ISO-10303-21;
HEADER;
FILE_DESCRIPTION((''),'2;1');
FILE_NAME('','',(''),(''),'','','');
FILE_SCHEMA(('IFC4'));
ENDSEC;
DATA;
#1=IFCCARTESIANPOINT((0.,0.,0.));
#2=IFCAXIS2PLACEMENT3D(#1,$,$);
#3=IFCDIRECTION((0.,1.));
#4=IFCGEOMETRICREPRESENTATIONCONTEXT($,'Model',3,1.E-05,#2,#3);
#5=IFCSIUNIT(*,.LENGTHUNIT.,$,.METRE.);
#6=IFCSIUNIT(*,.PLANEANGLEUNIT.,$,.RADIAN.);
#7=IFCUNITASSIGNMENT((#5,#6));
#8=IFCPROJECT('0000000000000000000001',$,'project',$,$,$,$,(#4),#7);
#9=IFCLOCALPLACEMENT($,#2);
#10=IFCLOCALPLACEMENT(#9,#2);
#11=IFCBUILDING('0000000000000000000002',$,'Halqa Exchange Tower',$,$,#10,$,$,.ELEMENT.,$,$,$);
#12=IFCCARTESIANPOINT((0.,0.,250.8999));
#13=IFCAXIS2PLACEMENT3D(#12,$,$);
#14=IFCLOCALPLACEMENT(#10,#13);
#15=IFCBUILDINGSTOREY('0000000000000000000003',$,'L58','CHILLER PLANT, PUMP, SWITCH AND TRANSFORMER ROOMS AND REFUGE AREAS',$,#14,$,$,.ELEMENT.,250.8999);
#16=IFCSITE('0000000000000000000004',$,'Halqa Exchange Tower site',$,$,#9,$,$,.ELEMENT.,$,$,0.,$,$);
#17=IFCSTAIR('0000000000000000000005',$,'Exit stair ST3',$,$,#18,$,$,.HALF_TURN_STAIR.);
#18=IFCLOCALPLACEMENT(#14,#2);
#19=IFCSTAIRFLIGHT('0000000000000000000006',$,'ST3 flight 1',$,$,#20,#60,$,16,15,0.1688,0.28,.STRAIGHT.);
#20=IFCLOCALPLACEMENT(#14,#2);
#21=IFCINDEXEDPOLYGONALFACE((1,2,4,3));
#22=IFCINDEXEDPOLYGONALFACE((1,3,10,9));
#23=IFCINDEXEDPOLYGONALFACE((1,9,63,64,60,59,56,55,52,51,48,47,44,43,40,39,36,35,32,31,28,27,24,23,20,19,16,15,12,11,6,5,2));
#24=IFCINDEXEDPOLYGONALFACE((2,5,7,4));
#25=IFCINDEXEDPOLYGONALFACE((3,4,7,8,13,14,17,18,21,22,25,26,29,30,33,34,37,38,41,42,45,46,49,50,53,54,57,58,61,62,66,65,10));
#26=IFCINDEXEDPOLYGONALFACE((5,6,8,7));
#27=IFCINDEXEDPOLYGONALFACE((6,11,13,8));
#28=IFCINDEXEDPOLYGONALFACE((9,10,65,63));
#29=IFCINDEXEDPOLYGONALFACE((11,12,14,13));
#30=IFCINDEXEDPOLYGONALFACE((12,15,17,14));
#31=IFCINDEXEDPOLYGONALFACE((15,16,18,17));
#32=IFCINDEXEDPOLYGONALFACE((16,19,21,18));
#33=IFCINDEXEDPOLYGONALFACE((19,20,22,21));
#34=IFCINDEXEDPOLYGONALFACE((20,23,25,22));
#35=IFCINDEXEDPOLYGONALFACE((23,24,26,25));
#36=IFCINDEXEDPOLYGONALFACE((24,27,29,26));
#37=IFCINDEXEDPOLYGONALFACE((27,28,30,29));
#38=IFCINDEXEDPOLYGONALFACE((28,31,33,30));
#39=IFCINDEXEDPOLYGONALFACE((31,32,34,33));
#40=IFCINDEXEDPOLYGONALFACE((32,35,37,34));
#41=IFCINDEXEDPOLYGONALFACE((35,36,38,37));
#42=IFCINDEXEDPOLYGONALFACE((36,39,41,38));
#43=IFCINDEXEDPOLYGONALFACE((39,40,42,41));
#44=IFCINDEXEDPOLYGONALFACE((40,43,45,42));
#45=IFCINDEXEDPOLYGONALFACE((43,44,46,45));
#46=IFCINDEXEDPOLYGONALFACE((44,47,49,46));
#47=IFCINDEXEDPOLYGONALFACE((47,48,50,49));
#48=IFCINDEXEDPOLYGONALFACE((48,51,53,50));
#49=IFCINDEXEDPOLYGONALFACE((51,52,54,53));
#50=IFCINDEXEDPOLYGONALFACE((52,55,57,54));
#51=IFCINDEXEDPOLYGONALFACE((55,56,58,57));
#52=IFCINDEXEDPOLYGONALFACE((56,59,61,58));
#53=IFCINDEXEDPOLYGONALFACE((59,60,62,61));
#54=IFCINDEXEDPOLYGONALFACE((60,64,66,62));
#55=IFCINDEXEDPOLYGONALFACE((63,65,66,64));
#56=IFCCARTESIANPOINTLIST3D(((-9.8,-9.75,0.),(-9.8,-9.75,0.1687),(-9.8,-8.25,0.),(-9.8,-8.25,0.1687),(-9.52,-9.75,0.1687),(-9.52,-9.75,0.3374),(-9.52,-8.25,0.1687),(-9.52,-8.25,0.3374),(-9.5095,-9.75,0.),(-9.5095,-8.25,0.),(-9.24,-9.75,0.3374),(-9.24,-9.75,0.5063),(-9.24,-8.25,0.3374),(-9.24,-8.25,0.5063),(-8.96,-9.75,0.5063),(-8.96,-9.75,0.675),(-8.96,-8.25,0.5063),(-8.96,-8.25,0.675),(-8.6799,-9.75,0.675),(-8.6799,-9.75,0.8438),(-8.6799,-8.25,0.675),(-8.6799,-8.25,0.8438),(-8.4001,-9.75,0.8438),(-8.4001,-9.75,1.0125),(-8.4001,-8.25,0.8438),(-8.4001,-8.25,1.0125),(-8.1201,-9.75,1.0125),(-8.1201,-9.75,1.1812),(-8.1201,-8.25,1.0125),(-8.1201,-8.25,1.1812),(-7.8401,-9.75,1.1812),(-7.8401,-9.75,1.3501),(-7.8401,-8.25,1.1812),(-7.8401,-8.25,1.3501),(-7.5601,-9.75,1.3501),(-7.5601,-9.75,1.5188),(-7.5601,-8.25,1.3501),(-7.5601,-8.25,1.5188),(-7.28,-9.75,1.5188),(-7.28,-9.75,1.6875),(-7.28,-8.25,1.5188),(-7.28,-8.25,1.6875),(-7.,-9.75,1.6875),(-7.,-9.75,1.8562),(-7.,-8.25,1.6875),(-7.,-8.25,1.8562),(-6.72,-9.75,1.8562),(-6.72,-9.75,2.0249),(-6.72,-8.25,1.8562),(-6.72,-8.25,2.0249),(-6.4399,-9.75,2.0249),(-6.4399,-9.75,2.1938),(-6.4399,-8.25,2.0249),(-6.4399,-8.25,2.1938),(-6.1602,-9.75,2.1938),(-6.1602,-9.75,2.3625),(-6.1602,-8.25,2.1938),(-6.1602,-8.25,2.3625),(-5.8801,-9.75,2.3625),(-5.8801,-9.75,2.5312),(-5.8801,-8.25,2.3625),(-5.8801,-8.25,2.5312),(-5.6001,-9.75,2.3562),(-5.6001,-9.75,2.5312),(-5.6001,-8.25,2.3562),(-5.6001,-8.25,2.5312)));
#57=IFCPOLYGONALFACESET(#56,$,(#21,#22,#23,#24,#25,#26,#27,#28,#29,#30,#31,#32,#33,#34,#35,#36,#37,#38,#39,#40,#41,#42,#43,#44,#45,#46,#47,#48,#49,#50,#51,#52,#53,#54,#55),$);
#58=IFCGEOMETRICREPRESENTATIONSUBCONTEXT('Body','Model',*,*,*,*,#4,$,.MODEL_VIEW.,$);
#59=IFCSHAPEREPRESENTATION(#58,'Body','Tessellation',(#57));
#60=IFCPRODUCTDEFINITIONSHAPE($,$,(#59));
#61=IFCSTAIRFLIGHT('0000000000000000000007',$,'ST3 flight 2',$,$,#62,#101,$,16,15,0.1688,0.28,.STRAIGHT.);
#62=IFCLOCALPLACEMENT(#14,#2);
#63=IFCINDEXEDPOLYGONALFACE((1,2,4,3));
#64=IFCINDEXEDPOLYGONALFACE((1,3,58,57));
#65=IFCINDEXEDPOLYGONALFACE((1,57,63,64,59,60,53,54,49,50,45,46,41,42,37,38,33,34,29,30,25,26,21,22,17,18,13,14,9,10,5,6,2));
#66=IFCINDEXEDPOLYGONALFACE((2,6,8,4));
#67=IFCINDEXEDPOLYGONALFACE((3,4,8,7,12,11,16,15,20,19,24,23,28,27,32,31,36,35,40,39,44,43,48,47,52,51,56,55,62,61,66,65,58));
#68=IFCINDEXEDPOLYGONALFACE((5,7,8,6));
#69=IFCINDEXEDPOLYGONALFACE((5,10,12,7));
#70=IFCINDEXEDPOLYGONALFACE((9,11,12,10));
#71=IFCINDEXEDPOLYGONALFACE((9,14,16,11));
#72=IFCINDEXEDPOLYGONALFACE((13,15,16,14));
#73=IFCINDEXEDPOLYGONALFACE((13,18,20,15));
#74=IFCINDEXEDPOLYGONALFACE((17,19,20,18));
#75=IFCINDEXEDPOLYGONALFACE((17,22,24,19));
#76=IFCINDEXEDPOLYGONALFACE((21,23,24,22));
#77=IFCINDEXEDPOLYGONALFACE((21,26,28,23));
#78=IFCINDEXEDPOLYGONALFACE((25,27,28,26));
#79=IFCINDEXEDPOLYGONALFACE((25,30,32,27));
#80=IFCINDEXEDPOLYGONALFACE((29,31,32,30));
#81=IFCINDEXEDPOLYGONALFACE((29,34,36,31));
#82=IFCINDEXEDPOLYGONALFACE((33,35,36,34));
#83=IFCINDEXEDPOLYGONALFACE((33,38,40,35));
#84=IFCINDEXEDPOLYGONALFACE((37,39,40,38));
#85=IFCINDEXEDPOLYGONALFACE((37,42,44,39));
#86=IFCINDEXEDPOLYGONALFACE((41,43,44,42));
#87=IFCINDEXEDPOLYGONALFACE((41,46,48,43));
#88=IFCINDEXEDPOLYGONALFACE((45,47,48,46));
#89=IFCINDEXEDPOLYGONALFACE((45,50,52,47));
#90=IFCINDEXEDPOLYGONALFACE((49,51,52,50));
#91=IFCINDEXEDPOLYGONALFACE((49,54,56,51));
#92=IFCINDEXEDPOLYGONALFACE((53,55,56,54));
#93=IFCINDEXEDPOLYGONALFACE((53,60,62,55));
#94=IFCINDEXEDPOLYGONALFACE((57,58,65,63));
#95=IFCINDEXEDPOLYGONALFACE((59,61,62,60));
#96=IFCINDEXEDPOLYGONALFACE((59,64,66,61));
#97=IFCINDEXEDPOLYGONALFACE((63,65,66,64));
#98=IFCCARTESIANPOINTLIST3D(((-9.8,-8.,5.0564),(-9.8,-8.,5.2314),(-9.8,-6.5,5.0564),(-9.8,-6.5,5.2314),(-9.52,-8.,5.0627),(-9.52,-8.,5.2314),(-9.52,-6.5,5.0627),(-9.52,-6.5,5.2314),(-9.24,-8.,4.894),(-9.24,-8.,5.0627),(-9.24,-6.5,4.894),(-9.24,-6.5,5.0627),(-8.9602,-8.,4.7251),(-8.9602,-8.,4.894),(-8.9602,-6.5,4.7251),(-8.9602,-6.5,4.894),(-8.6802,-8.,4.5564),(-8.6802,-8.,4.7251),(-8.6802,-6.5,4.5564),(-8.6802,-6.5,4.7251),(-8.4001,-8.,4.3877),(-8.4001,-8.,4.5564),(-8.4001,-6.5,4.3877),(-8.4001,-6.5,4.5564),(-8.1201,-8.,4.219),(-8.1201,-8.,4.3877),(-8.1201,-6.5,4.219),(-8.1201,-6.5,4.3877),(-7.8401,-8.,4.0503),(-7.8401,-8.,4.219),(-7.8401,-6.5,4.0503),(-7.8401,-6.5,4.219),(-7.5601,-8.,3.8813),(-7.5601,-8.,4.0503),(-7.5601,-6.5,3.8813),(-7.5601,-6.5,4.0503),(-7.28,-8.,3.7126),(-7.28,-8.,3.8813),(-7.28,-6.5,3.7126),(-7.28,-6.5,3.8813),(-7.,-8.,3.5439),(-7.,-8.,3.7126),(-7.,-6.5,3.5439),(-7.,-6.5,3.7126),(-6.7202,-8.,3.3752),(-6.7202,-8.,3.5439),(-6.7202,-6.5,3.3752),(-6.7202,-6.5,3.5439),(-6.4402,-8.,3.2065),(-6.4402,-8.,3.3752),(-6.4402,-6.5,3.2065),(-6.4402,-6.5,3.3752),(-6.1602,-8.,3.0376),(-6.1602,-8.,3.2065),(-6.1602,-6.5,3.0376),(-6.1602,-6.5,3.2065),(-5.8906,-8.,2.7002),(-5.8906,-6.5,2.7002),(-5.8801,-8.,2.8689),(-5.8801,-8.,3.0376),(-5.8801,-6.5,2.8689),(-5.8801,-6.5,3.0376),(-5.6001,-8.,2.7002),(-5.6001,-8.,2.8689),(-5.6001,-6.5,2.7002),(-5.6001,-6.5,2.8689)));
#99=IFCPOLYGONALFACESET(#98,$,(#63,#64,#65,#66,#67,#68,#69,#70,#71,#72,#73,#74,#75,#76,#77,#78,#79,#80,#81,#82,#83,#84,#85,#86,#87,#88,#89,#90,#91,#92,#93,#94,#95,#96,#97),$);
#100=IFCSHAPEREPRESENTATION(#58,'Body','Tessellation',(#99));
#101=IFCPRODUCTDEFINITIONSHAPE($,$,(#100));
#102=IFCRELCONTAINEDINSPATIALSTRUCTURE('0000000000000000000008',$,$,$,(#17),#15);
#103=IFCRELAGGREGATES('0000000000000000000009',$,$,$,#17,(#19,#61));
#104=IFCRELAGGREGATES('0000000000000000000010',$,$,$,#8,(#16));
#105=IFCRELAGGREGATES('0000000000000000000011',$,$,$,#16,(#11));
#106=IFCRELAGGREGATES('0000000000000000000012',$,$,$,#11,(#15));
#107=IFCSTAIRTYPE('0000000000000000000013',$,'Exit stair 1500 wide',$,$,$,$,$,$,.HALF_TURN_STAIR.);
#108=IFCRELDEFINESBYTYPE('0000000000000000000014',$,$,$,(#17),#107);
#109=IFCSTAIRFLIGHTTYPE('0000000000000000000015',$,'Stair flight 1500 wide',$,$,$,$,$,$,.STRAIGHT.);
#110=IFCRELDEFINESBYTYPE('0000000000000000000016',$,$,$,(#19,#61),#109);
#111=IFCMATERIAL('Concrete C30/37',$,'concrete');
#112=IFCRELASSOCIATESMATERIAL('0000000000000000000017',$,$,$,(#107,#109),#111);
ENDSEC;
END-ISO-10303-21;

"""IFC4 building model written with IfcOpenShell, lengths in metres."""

from ifc_helpers import new_model, si_unit, direction, frame, origin, place, context, subcontext, project, spatial, polyline, outline, extrude, material, type_object, element, aggregate, save


model = new_model("IFC4")

# Units and contexts
model_context = context("Model", 3, precision=1e-05, world=origin(), true_north=direction((0.0, 1.0)))
body_context = subcontext(model_context, "Body", "Model", "MODEL_VIEW")
ifc_project = project(units=[si_unit("LENGTHUNIT", "METRE"), si_unit("PLANEANGLEUNIT", "RADIAN")], contexts=[model_context])

# Site, building, storey
site_placement = place(None, origin())
site = spatial("IfcSite", under=ifc_project, at=site_placement, Name="Halqa Exchange Tower site", CompositionType="ELEMENT", RefElevation=0.0)
building_placement = place(site_placement, origin())
building = spatial("IfcBuilding", under=site, at=building_placement, Name="Halqa Exchange Tower", CompositionType="ELEMENT")
storey_placement = place(building_placement, frame((0.0, 0.0, 250.8999)))
storey = spatial("IfcBuildingStorey", under=building, at=storey_placement, Name="L58", Description="CHILLER PLANT, PUMP, SWITCH AND TRANSFORMER ROOMS AND REFUGE AREAS", CompositionType="ELEMENT", Elevation=250.8999)

# Shared definitions
ifc_material_1 = material(Name="Concrete C30/37", Category="concrete")

# Stair, stair flights
stair_type = type_object("IfcStairType", Name="Exit stair 1500 wide", PredefinedType="HALF_TURN_STAIR", material=ifc_material_1)
stair_placement = place(storey_placement, origin())
stair = element("IfcStair", 1, at=stair_placement, inside=storey, type_object=stair_type, Name="Exit stair ST3", PredefinedType="HALF_TURN_STAIR")
stair_flight_type = type_object("IfcStairFlightType", Name="Stair flight 1500 wide", PredefinedType="STRAIGHT", material=ifc_material_1)
stair_flight_1_placement = place(storey_placement, frame((-9.8, -9.0, 0.0), z_axis=(0.0, 0.0, 1.0), x_axis=(1.0, 0.0, 0.0)))
stair_flight_1 = element("IfcStairFlight", 2, at=stair_flight_1_placement, type_object=stair_flight_type, Name="ST3 flight 1", NumberOfRisers=16, NumberOfTreads=15, PredefinedType="STRAIGHT", RiserHeight=0.1688, TreadLength=0.28, context=body_context, shape_type="SweptSolid", body=[
    extrude(outline(polyline([(0.0, 0.0), (0.0, 0.1687), (0.28, 0.1687), (0.28, 0.3374), (0.5601, 0.3374), (0.5601, 0.5063), (0.8401, 0.5063), (0.8401, 0.675), (1.1201, 0.675), (1.1201, 0.8438), (1.3999, 0.8438), (1.3999, 1.0125), (1.6799, 1.0125), (1.6799, 1.1812), (1.96, 1.1812), (1.96, 1.3501), (2.24, 1.3501), (2.24, 1.5188), (2.52, 1.5188), (2.52, 1.6875), (2.8, 1.6875), (2.8, 1.8562), (3.0801, 1.8562), (3.0801, 2.0249), (3.3601, 2.0249), (3.3601, 2.1938), (3.6399, 2.1938), (3.6399, 2.3625), (3.9199, 2.3625), (3.9199, 2.5312), (4.2, 2.5312), (4.2, 2.7), (4.2, 2.3562), (0.2905, 0.0), (0.0, 0.0)])), frame((0.0, 0.75, 0.0), z_axis=(0.0, -1.0, 0.0), x_axis=(1.0, 0.0, 0.0)), (0.0, 0.0, 1.0), 1.5),
])
stair_flight_2_placement = place(storey_placement, frame((-5.6001, -7.25, 2.7002), z_axis=(0.0, 0.0, 1.0), x_axis=(-1.0, 0.0, 0.0)))
stair_flight_2 = element("IfcStairFlight", 3, at=stair_flight_2_placement, type_object=stair_flight_type, Name="ST3 flight 2", NumberOfRisers=16, NumberOfTreads=15, PredefinedType="STRAIGHT", RiserHeight=0.1688, TreadLength=0.28, context=body_context, shape_type="SweptSolid", body=[
    extrude(outline(polyline([(0.0, 0.0), (0.0, 0.1687), (0.28, 0.1687), (0.28, 0.3374), (0.5601, 0.3374), (0.5601, 0.5063), (0.8401, 0.5063), (0.8401, 0.675), (1.1201, 0.675), (1.1201, 0.8438), (1.3999, 0.8438), (1.3999, 1.0125), (1.6799, 1.0125), (1.6799, 1.1812), (1.96, 1.1812), (1.96, 1.3501), (2.24, 1.3501), (2.24, 1.5188), (2.52, 1.5188), (2.52, 1.6875), (2.8, 1.6875), (2.8, 1.8562), (3.0801, 1.8562), (3.0801, 2.0249), (3.3601, 2.0249), (3.3601, 2.1938), (3.6399, 2.1938), (3.6399, 2.3625), (3.9199, 2.3625), (3.9199, 2.5312), (4.2, 2.5312), (4.2, 2.7), (4.2, 2.3562), (0.2905, 0.0), (0.0, 0.0)])), frame((0.0, 0.75, 0.0), z_axis=(0.0, -1.0, 0.0), x_axis=(1.0, 0.0, 0.0)), (0.0, 0.0, 1.0), 1.5),
])
aggregate(stair, [stair_flight_1, stair_flight_2])

save(model, "model.ifc")
